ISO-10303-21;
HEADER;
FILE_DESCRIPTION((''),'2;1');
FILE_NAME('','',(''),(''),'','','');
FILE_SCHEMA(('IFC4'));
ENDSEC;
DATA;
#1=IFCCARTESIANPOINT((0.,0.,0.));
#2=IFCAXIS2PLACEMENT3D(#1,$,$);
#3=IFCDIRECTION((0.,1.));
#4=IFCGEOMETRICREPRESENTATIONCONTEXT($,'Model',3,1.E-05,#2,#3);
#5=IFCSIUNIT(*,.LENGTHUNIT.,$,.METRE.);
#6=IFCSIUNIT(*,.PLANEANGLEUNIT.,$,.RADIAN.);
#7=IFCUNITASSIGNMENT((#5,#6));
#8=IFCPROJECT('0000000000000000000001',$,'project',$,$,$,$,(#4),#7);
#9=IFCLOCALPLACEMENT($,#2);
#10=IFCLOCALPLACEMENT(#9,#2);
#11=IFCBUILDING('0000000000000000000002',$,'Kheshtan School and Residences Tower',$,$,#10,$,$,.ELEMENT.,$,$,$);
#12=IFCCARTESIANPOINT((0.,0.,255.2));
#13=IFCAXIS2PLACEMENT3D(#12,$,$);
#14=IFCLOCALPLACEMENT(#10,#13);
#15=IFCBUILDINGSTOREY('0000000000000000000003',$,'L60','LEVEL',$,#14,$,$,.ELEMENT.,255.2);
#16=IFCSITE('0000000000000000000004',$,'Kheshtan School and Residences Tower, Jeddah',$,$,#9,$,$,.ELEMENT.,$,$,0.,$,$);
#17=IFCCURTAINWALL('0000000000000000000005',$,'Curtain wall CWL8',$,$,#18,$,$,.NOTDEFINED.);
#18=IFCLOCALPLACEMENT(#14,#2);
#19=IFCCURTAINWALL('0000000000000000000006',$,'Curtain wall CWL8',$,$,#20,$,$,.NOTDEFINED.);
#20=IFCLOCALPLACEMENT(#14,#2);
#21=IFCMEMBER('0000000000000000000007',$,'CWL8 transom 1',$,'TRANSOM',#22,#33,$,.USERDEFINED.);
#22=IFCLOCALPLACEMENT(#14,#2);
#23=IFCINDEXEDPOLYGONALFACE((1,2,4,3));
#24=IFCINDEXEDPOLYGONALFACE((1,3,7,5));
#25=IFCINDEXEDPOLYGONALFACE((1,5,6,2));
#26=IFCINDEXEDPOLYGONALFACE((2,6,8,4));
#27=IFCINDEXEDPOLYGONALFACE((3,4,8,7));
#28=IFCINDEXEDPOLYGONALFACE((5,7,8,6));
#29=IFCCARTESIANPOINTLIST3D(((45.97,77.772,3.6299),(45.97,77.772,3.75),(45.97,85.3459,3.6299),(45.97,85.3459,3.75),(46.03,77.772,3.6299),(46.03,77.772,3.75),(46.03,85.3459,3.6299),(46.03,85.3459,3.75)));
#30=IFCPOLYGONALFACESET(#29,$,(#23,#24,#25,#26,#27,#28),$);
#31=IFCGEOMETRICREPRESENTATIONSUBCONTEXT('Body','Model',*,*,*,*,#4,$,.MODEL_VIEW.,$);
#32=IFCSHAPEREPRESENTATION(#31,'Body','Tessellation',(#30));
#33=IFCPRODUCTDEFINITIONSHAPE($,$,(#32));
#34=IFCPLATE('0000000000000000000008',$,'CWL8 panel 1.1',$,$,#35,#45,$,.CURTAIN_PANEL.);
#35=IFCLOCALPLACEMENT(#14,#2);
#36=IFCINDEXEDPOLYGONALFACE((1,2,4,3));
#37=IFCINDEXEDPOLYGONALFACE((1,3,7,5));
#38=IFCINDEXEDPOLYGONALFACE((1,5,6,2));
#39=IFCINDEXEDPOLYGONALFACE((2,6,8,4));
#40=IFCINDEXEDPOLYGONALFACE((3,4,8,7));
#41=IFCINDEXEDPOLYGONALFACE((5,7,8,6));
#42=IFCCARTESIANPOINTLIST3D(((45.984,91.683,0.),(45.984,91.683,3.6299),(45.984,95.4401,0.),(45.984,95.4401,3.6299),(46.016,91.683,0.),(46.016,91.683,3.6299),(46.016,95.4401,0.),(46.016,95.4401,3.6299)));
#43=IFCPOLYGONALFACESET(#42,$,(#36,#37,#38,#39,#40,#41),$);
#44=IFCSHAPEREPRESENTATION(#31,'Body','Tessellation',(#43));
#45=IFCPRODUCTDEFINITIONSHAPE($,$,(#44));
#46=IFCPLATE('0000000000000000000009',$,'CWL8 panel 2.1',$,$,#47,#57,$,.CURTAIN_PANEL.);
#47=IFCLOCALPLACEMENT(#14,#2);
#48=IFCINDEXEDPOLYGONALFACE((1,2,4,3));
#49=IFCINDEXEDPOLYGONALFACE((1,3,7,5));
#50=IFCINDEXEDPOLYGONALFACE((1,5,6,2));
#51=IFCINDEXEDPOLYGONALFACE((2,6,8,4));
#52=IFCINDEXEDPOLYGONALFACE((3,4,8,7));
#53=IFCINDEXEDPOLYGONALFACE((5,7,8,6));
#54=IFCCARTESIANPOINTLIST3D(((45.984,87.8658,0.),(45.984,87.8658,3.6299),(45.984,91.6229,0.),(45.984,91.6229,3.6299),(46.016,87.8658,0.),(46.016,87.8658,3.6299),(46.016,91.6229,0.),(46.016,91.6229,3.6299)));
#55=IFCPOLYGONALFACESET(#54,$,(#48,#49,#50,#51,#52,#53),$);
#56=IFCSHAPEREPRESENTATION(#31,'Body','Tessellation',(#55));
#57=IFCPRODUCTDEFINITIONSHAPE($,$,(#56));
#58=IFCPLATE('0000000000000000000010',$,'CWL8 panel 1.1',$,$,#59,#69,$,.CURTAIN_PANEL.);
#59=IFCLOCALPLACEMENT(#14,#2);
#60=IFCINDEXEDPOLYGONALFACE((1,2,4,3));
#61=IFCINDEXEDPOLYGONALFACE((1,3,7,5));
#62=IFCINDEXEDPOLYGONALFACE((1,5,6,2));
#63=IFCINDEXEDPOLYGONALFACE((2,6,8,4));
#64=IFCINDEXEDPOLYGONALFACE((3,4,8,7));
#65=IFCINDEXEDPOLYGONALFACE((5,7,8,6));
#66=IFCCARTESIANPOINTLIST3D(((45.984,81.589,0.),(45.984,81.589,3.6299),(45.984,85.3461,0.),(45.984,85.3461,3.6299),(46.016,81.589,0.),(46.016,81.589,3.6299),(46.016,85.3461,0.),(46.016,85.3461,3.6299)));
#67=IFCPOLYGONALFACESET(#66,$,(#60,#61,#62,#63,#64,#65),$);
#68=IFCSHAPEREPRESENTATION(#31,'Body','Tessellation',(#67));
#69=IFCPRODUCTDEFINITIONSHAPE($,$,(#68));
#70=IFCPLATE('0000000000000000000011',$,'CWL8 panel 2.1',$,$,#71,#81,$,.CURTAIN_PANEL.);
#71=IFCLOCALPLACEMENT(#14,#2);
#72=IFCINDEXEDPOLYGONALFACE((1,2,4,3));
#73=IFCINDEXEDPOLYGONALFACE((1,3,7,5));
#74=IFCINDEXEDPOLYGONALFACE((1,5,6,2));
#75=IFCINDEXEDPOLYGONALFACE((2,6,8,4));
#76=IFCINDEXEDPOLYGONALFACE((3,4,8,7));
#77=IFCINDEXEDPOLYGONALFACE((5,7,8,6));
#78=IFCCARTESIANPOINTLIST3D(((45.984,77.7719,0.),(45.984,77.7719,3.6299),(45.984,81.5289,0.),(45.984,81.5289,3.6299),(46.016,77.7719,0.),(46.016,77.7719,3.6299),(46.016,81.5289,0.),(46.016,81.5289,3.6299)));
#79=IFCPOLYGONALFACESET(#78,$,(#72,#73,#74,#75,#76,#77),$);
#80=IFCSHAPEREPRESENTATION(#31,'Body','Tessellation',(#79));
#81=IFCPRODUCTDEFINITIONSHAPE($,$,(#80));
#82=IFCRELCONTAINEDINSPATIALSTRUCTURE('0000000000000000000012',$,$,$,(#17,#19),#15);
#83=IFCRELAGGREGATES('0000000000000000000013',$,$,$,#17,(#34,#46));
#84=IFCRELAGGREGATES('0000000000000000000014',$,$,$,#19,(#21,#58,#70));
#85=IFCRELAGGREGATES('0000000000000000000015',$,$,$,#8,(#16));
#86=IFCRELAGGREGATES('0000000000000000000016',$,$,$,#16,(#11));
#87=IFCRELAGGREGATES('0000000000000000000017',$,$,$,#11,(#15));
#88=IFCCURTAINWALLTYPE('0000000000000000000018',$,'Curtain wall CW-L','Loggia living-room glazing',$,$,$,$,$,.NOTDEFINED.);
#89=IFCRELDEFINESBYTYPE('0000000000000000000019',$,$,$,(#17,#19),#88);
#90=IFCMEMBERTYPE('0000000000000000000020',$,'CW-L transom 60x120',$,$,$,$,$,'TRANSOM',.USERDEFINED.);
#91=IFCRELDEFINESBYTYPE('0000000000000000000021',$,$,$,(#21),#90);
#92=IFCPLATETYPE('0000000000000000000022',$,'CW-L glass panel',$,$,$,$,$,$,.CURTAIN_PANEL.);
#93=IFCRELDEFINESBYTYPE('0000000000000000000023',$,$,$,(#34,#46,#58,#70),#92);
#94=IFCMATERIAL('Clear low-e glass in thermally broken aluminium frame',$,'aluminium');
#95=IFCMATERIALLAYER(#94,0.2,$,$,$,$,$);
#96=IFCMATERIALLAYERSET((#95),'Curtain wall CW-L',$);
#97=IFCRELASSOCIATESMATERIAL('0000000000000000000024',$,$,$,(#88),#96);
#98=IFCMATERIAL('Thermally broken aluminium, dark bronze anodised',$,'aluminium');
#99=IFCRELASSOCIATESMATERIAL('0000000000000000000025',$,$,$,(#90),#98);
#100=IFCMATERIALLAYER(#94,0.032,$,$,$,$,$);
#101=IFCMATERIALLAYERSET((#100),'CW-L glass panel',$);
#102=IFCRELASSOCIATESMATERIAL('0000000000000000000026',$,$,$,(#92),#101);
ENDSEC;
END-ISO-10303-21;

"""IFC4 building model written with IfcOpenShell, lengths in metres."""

from ifc_helpers import new_model, si_unit, direction, frame, origin, origin_2d, place, context, subcontext, project, spatial, rectangle, extrude, material, layer, layer_set, material_profile, profile_set, type_object, element, aggregate, save


model = new_model("IFC4")

# Units and contexts
model_context = context("Model", 3, precision=1e-05, world=origin(), true_north=direction((0.0, 1.0)))
body_context = subcontext(model_context, "Body", "Model", "MODEL_VIEW")
ifc_project = project(units=[si_unit("LENGTHUNIT", "METRE"), si_unit("PLANEANGLEUNIT", "RADIAN")], contexts=[model_context])

# Site, building, storey
site_placement = place(None, origin())
site = spatial("IfcSite", under=ifc_project, at=site_placement, Name="Kheshtan School and Residences Tower, Jeddah", CompositionType="ELEMENT", RefElevation=0.0)
building_placement = place(site_placement, origin())
building = spatial("IfcBuilding", under=site, at=building_placement, Name="Kheshtan School and Residences Tower", CompositionType="ELEMENT")
storey_placement = place(building_placement, frame((0.0, 0.0, 255.2)))
storey = spatial("IfcBuildingStorey", under=building, at=storey_placement, Name="L60", Description="LEVEL", CompositionType="ELEMENT", Elevation=255.2)

# Shared definitions
ifc_material_1 = material(Name="Clear low-e glass in thermally broken aluminium frame", Category="aluminium")
ifc_layer_1 = layer(ifc_material_1, 0.2)
ifc_layer_set_1 = layer_set([ifc_layer_1], Name="Curtain wall CW-L")
curtain_wall_type = type_object("IfcCurtainWallType", Name="Curtain wall CW-L", Description="Loggia living-room glazing", PredefinedType="NOTDEFINED", material=ifc_layer_set_1)
ifc_material_2 = material(Name="Thermally broken aluminium, dark bronze anodised", Category="aluminium")

# Curtain walls
curtain_wall_1_placement = place(storey_placement, origin())
curtain_wall_1 = element("IfcCurtainWall", 1, at=curtain_wall_1_placement, inside=storey, type_object=curtain_wall_type, Name="Curtain wall CWL8", PredefinedType="NOTDEFINED")
curtain_wall_2_placement = place(storey_placement, origin())
curtain_wall_2 = element("IfcCurtainWall", 2, at=curtain_wall_2_placement, inside=storey, type_object=curtain_wall_type, Name="Curtain wall CWL8", PredefinedType="NOTDEFINED")

# Member
ifc_material_profile_1 = material_profile(ifc_material_2, rectangle(XDim=0.0601, YDim=0.1201, at=origin_2d()), Name="CW-L transom 60x120")
ifc_profile_set_1 = profile_set([ifc_material_profile_1], Name="Thermally broken aluminium, dark bronze anodised")
member_type_1 = type_object("IfcMemberType", Name="CW-L transom 60x120", ElementType="TRANSOM", PredefinedType="USERDEFINED", material=ifc_profile_set_1)
member_1_placement = place(storey_placement, frame((46.0, 85.3459, 3.6899), z_axis=(0.0, -1.0, 0.0), x_axis=(1.0, 0.0, 0.0)))
member_1 = element("IfcMember", 3, at=member_1_placement, type_object=member_type_1, Name="CWL8 transom 1", ObjectType="TRANSOM", PredefinedType="USERDEFINED", context=body_context, shape_type="SweptSolid", body=[
    extrude(rectangle(XDim=0.0601, YDim=0.1201, at=origin_2d()), origin(), (0.0, 0.0, 1.0), 7.574),
])

# Plates
ifc_layer_2 = layer(ifc_material_1, 0.032)
ifc_layer_set_2 = layer_set([ifc_layer_2], Name="CW-L glass panel")
plate_type = type_object("IfcPlateType", Name="CW-L glass panel", PredefinedType="CURTAIN_PANEL", material=ifc_layer_set_2)
plate_1_placement = place(storey_placement, frame((46.0, 93.5615, 0.0), z_axis=(0.0, 0.0, 1.0), x_axis=(0.0, -1.0, 0.0)))
plate_1 = element("IfcPlate", 4, at=plate_1_placement, type_object=plate_type, Name="CWL8 panel 1.1", PredefinedType="CURTAIN_PANEL", context=body_context, shape_type="SweptSolid", body=[
    extrude(rectangle(XDim=3.7571, YDim=0.032, at=origin_2d()), origin(), (0.0, 0.0, 1.0), 3.6299),
])
plate_2_placement = place(storey_placement, frame((46.0, 89.7444, 0.0), z_axis=(0.0, 0.0, 1.0), x_axis=(0.0, -1.0, 0.0)))
plate_2 = element("IfcPlate", 5, at=plate_2_placement, type_object=plate_type, Name="CWL8 panel 2.1", PredefinedType="CURTAIN_PANEL", context=body_context, shape_type="SweptSolid", body=[
    extrude(rectangle(XDim=3.7571, YDim=0.032, at=origin_2d()), origin(), (0.0, 0.0, 1.0), 3.6299),
])
aggregate(curtain_wall_1, [plate_1, plate_2])
plate_3_placement = place(storey_placement, frame((46.0, 83.4675, 0.0), z_axis=(0.0, 0.0, 1.0), x_axis=(0.0, -1.0, 0.0)))
plate_3 = element("IfcPlate", 6, at=plate_3_placement, type_object=plate_type, Name="CWL8 panel 1.1", PredefinedType="CURTAIN_PANEL", context=body_context, shape_type="SweptSolid", body=[
    extrude(rectangle(XDim=3.7571, YDim=0.032, at=origin_2d()), origin(), (0.0, 0.0, 1.0), 3.6299),
])
plate_4_placement = place(storey_placement, frame((46.0, 79.6504, 0.0), z_axis=(0.0, 0.0, 1.0), x_axis=(0.0, -1.0, 0.0)))
plate_4 = element("IfcPlate", 7, at=plate_4_placement, type_object=plate_type, Name="CWL8 panel 2.1", PredefinedType="CURTAIN_PANEL", context=body_context, shape_type="SweptSolid", body=[
    extrude(rectangle(XDim=3.7571, YDim=0.032, at=origin_2d()), origin(), (0.0, 0.0, 1.0), 3.6299),
])
aggregate(curtain_wall_2, [member_1, plate_3, plate_4])

save(model, "model.ifc")
